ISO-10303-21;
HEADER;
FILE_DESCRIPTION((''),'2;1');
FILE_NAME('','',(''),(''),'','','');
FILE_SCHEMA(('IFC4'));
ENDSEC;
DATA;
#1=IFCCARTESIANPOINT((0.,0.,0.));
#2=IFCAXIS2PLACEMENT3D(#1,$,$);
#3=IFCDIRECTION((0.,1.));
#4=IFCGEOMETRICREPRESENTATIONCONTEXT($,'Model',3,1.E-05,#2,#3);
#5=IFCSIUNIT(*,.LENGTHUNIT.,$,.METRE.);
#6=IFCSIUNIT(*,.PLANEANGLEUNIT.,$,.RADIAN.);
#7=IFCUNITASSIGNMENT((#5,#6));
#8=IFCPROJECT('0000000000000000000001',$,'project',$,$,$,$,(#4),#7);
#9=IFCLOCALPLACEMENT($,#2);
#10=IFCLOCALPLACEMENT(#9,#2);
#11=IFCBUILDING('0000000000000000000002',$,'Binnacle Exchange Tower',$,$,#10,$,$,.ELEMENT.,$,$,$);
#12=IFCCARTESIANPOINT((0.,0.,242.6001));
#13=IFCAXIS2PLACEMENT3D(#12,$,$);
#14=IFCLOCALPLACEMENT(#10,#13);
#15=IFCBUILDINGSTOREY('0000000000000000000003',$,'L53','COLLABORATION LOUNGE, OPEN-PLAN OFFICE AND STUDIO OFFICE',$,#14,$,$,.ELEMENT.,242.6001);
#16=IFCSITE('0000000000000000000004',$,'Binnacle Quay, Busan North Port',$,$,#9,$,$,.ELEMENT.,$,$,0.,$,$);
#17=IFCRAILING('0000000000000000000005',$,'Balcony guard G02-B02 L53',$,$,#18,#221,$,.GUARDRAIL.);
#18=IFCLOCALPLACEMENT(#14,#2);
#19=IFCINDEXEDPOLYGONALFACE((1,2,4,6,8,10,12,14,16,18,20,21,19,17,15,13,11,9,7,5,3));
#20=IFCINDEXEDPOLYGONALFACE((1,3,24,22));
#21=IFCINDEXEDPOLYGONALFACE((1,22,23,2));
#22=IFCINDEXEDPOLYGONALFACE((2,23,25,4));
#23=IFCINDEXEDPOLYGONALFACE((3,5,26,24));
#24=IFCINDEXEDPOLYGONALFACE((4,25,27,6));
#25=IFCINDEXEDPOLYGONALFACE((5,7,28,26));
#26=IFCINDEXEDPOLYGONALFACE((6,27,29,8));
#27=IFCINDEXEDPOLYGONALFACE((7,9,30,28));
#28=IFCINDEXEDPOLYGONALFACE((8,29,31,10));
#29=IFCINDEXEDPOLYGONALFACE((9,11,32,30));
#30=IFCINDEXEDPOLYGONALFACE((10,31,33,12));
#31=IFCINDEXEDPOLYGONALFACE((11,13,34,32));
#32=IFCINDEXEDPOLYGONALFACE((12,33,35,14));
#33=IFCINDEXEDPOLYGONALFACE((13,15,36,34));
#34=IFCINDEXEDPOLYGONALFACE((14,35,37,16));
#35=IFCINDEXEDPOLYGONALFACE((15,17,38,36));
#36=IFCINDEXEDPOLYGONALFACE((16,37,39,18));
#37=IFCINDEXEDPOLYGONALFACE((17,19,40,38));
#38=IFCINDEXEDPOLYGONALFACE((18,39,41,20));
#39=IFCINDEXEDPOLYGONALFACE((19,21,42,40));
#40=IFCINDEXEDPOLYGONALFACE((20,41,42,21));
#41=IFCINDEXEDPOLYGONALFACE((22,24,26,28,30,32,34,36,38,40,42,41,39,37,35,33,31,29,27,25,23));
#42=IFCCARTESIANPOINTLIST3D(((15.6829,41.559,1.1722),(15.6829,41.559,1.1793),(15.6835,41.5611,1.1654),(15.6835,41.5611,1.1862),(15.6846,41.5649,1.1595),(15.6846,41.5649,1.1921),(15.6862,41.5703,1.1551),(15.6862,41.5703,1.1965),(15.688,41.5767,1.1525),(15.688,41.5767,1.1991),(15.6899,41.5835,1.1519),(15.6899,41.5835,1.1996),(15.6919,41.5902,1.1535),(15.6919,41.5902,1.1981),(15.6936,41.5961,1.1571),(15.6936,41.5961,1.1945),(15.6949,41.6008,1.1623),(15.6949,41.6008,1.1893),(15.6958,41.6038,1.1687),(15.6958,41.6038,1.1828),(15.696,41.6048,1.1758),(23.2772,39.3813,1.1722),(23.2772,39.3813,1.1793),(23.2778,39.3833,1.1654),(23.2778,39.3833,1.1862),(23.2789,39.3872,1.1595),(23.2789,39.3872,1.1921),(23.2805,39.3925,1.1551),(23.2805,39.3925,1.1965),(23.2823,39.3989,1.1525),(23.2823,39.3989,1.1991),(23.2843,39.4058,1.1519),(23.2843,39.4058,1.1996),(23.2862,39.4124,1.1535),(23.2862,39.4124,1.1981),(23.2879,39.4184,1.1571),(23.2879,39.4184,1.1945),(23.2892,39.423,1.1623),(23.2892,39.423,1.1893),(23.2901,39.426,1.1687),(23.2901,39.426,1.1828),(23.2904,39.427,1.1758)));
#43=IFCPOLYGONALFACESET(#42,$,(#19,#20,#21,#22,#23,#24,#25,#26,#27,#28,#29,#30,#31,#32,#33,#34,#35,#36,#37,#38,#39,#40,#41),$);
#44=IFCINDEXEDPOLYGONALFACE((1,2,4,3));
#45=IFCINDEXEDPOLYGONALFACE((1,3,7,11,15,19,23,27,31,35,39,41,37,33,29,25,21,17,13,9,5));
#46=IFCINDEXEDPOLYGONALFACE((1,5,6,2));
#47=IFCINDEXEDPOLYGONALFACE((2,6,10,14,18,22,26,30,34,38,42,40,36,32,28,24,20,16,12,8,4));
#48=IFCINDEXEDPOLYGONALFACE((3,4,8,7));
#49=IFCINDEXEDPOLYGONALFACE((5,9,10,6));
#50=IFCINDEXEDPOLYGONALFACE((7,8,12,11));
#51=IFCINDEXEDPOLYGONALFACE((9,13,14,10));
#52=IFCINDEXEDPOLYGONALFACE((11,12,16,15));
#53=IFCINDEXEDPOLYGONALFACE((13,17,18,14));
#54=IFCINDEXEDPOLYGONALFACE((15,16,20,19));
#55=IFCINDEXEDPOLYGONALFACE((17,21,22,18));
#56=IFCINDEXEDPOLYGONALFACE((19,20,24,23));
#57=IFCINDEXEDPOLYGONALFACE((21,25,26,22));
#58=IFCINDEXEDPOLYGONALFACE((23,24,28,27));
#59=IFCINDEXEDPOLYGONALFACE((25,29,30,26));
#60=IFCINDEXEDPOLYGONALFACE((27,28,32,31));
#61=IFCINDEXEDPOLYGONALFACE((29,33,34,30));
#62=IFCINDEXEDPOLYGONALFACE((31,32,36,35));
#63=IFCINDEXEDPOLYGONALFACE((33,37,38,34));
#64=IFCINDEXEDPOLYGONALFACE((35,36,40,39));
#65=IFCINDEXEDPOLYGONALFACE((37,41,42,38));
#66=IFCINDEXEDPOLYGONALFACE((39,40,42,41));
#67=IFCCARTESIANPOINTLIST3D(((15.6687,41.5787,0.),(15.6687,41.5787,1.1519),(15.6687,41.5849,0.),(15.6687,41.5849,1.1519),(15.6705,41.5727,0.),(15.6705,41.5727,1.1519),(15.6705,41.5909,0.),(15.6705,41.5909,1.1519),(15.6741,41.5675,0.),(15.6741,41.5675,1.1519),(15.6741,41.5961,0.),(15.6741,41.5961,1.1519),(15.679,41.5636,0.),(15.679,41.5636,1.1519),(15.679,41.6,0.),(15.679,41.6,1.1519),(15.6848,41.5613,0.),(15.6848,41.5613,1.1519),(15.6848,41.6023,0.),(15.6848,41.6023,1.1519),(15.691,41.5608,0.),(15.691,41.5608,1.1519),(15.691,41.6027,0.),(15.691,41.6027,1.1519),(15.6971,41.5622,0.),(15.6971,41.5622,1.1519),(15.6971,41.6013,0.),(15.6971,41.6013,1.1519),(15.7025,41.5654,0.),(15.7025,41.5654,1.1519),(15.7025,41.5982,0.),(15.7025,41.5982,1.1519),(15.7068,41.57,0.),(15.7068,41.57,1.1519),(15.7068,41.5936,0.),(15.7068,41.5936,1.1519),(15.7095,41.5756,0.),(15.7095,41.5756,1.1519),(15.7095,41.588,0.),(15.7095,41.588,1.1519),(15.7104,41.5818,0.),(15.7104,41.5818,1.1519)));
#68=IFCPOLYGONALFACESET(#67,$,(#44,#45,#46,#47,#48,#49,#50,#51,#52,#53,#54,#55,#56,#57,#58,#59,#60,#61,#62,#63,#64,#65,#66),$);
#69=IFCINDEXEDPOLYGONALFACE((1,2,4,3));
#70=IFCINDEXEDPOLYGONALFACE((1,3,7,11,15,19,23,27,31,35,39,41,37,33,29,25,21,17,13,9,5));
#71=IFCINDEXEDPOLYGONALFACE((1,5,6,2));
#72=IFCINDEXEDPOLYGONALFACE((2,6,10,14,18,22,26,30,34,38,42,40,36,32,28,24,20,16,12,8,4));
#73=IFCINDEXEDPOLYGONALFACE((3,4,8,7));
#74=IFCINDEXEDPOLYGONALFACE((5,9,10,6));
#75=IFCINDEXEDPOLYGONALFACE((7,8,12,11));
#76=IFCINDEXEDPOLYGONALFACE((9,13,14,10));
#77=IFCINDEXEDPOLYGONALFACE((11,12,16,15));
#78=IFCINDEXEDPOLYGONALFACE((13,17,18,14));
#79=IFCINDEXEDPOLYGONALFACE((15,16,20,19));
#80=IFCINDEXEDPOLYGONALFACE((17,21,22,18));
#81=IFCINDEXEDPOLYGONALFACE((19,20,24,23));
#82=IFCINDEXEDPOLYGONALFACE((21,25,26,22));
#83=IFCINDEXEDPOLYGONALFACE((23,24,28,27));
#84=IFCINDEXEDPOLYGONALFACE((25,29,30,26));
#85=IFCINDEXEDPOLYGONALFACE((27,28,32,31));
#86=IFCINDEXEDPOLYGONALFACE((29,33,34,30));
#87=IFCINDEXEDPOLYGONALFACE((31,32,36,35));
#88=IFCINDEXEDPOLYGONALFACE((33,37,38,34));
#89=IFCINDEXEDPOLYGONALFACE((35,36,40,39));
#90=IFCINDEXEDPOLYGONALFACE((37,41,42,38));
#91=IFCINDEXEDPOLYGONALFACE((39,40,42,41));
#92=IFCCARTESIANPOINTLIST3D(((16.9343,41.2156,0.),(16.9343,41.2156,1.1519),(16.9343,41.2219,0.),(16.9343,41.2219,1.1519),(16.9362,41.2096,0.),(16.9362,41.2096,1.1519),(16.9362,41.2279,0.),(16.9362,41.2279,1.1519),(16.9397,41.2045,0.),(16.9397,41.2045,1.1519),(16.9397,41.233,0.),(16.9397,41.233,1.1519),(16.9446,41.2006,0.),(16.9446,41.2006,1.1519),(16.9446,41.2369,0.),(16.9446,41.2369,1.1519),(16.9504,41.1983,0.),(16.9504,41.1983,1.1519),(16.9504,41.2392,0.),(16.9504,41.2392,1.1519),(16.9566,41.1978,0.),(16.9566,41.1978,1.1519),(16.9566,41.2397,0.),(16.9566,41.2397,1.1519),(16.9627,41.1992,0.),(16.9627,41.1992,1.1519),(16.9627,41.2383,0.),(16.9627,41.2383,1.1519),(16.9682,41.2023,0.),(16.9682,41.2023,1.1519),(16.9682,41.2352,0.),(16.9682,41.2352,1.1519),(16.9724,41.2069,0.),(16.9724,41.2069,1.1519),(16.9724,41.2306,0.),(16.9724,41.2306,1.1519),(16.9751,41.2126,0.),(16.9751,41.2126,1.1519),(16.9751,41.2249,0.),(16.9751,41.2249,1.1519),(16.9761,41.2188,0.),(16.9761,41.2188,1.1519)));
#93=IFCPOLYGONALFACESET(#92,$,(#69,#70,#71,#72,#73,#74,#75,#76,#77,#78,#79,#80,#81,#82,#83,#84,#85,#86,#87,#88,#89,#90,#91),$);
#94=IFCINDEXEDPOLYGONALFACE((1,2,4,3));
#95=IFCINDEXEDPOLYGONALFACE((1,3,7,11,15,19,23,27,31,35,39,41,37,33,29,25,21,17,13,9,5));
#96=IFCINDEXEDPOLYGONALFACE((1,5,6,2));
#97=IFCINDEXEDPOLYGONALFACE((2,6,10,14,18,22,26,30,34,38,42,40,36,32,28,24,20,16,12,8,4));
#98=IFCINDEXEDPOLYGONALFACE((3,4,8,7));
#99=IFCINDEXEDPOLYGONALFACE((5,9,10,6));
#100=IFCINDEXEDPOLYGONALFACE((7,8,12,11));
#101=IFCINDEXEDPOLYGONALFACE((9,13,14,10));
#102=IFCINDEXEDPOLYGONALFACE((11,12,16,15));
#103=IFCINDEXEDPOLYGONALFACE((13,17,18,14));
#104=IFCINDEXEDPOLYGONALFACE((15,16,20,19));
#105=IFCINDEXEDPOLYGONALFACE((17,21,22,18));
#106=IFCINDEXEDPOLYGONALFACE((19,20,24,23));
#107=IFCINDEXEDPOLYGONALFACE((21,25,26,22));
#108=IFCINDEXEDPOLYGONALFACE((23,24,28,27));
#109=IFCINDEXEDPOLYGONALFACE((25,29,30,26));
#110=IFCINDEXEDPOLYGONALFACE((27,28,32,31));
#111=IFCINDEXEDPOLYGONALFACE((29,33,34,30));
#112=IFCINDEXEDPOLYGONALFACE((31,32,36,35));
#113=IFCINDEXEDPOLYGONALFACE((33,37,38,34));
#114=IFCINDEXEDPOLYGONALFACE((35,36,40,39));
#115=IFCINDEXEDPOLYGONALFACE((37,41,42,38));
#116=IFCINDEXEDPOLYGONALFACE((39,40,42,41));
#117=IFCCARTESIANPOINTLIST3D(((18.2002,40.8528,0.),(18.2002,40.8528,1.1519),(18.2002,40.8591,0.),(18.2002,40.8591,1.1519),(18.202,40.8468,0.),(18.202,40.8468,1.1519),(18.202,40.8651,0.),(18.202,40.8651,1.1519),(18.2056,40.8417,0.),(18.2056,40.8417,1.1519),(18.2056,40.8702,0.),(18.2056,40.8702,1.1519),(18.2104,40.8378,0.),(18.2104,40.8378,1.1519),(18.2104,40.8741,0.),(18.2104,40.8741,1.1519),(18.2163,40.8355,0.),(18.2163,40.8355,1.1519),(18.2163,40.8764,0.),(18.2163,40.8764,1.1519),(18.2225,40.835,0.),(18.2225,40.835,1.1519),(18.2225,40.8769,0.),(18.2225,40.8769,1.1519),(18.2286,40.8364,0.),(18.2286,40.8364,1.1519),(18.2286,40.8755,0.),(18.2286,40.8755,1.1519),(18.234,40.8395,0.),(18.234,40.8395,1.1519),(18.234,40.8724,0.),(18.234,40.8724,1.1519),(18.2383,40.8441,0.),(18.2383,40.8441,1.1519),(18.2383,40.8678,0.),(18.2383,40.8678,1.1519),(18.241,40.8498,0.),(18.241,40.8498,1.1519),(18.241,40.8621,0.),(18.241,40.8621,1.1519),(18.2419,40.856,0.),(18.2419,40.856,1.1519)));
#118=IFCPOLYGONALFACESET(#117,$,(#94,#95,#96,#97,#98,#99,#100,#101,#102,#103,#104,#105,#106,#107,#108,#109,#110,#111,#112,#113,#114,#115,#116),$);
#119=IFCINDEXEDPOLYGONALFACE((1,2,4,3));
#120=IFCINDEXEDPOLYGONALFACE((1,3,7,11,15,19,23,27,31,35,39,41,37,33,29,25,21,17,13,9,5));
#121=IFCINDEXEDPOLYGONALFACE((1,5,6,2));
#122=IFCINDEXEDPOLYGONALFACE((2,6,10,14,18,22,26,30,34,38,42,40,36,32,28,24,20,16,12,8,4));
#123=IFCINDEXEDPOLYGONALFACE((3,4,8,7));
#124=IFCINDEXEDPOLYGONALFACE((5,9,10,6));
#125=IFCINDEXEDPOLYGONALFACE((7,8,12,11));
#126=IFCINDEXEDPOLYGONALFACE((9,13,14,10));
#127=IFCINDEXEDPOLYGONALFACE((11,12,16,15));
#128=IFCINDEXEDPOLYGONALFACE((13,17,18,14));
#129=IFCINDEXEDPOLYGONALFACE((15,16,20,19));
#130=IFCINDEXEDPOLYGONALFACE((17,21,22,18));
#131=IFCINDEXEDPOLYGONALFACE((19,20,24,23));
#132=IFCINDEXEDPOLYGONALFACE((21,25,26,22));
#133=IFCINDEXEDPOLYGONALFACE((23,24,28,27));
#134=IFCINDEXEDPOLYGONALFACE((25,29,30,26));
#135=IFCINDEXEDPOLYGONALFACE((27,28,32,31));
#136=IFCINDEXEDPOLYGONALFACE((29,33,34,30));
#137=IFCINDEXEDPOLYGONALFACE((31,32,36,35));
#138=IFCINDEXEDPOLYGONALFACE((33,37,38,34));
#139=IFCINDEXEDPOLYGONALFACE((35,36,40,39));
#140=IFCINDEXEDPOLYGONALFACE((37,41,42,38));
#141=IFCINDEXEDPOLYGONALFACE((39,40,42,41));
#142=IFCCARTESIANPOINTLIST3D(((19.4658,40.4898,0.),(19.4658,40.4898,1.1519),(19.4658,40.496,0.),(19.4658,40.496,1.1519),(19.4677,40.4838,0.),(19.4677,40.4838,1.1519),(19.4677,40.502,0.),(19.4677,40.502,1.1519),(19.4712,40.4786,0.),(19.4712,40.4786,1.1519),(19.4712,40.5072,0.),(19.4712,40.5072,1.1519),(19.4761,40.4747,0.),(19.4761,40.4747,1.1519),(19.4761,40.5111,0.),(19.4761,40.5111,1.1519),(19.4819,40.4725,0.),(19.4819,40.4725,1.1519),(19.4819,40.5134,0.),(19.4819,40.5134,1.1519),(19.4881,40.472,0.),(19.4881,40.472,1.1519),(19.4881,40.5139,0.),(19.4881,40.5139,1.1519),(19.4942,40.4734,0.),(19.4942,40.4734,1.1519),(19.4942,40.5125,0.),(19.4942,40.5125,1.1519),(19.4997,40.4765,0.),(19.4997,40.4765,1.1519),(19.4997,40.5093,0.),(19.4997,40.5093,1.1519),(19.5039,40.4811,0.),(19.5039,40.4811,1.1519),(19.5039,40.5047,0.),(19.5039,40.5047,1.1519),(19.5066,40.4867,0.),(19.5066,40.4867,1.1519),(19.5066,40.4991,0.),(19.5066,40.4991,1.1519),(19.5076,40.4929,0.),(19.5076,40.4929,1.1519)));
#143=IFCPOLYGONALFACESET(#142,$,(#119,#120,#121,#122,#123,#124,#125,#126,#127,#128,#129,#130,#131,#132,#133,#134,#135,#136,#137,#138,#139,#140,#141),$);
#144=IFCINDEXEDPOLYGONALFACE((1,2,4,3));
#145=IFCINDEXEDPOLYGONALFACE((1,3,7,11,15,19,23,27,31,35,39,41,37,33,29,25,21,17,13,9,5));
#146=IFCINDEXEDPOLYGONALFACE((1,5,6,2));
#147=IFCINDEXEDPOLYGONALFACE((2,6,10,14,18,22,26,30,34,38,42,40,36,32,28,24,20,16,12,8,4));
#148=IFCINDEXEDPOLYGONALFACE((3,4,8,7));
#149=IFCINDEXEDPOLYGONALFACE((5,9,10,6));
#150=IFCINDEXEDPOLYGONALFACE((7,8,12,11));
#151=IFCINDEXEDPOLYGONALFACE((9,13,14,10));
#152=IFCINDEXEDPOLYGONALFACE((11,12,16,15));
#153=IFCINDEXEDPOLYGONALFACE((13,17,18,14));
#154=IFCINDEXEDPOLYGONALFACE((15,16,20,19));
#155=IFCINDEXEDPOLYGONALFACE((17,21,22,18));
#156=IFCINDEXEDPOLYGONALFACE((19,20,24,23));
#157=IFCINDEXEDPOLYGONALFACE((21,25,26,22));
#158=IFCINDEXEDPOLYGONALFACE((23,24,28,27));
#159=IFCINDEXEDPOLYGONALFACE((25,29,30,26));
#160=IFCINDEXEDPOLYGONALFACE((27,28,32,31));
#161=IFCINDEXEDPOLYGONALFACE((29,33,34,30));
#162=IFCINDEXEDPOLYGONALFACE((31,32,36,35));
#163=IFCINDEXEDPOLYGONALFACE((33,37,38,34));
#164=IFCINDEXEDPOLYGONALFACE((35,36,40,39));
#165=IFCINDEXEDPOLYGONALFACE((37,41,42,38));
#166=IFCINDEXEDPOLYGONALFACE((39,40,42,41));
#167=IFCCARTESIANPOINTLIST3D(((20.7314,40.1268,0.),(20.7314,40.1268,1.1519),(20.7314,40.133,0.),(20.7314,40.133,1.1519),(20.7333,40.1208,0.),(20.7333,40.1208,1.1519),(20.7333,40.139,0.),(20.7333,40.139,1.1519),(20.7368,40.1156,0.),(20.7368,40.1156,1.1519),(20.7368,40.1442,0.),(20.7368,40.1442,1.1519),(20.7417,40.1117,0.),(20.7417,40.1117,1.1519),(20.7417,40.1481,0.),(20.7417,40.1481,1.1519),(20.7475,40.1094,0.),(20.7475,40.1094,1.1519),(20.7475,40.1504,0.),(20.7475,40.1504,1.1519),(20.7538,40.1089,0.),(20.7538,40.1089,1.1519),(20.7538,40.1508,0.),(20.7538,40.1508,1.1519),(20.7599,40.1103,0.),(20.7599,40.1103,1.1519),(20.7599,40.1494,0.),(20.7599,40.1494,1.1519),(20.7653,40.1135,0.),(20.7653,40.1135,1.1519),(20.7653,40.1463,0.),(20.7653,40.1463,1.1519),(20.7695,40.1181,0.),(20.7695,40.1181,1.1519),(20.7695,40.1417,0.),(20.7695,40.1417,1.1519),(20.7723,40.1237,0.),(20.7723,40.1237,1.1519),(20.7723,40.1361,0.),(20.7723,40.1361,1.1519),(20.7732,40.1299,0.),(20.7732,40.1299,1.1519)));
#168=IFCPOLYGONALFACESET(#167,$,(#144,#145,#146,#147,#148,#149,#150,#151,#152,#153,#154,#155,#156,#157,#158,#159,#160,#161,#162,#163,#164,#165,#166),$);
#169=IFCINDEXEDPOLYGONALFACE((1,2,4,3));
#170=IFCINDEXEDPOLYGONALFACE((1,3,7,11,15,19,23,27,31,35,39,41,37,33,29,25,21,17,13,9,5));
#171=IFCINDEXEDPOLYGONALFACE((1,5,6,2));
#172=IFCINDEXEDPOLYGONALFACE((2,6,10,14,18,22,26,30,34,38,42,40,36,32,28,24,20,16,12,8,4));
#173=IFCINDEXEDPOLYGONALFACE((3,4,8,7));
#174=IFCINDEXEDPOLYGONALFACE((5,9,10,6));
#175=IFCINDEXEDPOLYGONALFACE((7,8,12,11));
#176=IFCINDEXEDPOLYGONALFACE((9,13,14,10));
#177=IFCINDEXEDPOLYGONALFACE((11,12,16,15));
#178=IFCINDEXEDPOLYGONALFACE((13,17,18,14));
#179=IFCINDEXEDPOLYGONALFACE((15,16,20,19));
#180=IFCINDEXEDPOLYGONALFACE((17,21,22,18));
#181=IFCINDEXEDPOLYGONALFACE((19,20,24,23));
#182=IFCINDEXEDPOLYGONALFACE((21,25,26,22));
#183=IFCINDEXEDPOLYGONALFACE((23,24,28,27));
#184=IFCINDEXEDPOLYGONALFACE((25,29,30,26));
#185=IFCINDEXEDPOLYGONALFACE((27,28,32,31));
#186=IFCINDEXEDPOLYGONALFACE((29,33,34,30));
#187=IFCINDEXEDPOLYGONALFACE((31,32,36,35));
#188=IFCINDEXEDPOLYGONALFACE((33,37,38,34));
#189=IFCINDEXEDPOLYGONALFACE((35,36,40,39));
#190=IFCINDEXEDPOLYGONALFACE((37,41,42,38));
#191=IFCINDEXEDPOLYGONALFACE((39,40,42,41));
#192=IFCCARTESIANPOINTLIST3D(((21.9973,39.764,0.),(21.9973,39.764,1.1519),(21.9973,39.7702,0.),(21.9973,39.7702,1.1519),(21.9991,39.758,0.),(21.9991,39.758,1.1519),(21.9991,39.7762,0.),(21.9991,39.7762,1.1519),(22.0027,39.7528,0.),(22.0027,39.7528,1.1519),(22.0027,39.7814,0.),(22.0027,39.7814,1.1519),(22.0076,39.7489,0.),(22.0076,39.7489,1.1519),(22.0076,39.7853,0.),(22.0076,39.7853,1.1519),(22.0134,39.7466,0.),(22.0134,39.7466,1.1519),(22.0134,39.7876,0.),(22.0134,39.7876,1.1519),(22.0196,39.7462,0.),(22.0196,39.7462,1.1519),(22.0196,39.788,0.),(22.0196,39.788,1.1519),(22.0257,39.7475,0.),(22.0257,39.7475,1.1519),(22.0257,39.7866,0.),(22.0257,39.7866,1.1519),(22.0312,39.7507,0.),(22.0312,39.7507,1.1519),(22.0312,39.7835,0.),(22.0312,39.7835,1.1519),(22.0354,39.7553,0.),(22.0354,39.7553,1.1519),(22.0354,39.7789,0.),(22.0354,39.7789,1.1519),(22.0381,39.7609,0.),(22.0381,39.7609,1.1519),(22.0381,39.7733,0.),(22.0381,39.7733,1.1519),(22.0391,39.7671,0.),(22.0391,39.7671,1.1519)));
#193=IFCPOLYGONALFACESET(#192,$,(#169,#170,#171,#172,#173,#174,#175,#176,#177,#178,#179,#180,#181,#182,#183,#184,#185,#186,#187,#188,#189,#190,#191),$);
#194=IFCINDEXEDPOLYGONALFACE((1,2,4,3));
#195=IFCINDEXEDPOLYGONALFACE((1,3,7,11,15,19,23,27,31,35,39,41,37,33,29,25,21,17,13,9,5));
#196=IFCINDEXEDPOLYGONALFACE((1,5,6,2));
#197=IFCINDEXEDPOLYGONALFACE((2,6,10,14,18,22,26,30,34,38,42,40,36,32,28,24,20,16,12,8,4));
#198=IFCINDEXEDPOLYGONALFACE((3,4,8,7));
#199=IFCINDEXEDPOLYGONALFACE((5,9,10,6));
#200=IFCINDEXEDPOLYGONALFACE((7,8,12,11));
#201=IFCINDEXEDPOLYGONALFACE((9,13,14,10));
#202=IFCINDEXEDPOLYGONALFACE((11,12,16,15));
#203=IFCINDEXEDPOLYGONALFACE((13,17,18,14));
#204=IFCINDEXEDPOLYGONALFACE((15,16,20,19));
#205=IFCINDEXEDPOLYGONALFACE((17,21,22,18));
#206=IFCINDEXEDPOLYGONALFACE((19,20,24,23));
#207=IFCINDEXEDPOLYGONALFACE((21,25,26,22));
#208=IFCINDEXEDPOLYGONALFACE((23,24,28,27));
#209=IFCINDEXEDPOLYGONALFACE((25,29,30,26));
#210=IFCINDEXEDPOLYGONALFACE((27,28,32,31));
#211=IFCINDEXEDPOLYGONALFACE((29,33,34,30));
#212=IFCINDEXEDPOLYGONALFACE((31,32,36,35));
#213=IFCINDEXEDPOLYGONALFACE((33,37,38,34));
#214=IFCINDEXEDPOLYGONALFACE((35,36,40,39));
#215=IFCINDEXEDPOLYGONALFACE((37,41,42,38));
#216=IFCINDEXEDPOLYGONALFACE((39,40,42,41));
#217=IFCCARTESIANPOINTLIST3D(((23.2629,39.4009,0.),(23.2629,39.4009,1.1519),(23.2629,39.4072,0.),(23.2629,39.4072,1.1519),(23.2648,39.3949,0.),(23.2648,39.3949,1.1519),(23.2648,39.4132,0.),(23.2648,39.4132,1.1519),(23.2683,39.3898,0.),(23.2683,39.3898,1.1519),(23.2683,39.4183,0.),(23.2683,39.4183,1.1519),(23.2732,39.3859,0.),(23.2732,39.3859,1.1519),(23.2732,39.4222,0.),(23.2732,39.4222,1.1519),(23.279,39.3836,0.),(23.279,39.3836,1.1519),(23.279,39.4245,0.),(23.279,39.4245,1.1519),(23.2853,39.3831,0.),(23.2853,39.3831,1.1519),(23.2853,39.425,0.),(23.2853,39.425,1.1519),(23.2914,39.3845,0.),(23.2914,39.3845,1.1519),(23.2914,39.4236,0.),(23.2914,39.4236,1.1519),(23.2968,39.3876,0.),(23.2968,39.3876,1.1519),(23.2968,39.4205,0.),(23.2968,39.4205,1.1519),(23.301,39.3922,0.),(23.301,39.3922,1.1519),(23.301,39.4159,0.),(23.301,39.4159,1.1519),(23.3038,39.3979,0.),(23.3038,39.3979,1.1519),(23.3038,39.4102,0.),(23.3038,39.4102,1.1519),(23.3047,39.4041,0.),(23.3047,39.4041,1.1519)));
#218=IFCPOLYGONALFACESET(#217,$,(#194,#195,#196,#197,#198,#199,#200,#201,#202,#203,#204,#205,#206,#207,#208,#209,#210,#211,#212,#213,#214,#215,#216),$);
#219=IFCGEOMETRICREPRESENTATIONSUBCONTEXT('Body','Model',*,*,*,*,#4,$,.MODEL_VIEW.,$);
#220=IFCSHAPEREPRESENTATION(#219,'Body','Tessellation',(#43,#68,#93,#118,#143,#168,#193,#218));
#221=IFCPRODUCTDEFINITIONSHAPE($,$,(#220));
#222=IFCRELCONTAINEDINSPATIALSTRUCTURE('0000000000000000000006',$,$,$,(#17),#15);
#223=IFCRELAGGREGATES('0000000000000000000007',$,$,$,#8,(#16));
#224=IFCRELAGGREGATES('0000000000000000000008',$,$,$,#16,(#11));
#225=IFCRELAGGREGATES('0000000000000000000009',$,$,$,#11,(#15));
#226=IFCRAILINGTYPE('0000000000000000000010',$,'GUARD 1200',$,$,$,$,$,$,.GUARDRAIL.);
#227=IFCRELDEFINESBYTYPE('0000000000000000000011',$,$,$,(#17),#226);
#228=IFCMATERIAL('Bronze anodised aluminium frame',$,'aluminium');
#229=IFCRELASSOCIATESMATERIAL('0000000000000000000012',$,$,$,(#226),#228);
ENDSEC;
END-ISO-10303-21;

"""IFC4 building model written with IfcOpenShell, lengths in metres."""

from ifc_helpers import new_model, si_unit, direction, frame, origin, origin_2d, place, context, subcontext, project, spatial, circle, extrude, material, type_object, element, save


model = new_model("IFC4")

# Units and contexts
model_context = context("Model", 3, precision=1e-05, world=origin(), true_north=direction((0.0, 1.0)))
body_context = subcontext(model_context, "Body", "Model", "MODEL_VIEW")
ifc_project = project(units=[si_unit("LENGTHUNIT", "METRE"), si_unit("PLANEANGLEUNIT", "RADIAN")], contexts=[model_context])

# Site, building, storey
site_placement = place(None, origin())
site = spatial("IfcSite", under=ifc_project, at=site_placement, Name="Binnacle Quay, Busan North Port", CompositionType="ELEMENT", RefElevation=0.0)
building_placement = place(site_placement, origin())
building = spatial("IfcBuilding", under=site, at=building_placement, Name="Binnacle Exchange Tower", CompositionType="ELEMENT")
storey_placement = place(building_placement, frame((0.0, 0.0, 242.6001)))
storey = spatial("IfcBuildingStorey", under=building, at=storey_placement, Name="L53", Description="COLLABORATION LOUNGE, OPEN-PLAN OFFICE AND STUDIO OFFICE", CompositionType="ELEMENT", Elevation=242.6001)

# Railing
ifc_material_1 = material(Name="Bronze anodised aluminium frame", Category="aluminium")
railing_type = type_object("IfcRailingType", Name="GUARD 1200", PredefinedType="GUARDRAIL", material=ifc_material_1)
railing_1_placement = place(storey_placement, frame((15.6895, 41.5818, 0.0)))
element("IfcRailing", 1, at=railing_1_placement, inside=storey, type_object=railing_type, Name="Balcony guard G02-B02 L53", PredefinedType="GUARDRAIL", context=body_context, shape_type="SweptSolid", body=[
    extrude(circle(Radius=0.0239, at=origin_2d()), frame((0.0, 0.0, 1.1758), z_axis=(0.961258, -0.275652, 0.0), x_axis=(0.275652, 0.961258, 0.0)), (0.0, 0.0, 1.0), 7.9004),
    extrude(circle(Radius=0.021, at=origin_2d()), origin(), (0.0, 0.0, 1.0), 1.1519),
    extrude(circle(Radius=0.021, at=origin_2d()), frame((1.2656, -0.363, 0.0)), (0.0, 0.0, 1.0), 1.1519),
    extrude(circle(Radius=0.021, at=origin_2d()), frame((2.5315, -0.7258, 0.0)), (0.0, 0.0, 1.0), 1.1519),
    extrude(circle(Radius=0.021, at=origin_2d()), frame((3.7971, -1.0889, 0.0)), (0.0, 0.0, 1.0), 1.1519),
    extrude(circle(Radius=0.021, at=origin_2d()), frame((5.0627, -1.4519, 0.0)), (0.0, 0.0, 1.0), 1.1519),
    extrude(circle(Radius=0.021, at=origin_2d()), frame((6.3286, -1.8147, 0.0)), (0.0, 0.0, 1.0), 1.1519),
    extrude(circle(Radius=0.021, at=origin_2d()), frame((7.5942, -2.1777, 0.0)), (0.0, 0.0, 1.0), 1.1519),
])

save(model, "model.ifc")
